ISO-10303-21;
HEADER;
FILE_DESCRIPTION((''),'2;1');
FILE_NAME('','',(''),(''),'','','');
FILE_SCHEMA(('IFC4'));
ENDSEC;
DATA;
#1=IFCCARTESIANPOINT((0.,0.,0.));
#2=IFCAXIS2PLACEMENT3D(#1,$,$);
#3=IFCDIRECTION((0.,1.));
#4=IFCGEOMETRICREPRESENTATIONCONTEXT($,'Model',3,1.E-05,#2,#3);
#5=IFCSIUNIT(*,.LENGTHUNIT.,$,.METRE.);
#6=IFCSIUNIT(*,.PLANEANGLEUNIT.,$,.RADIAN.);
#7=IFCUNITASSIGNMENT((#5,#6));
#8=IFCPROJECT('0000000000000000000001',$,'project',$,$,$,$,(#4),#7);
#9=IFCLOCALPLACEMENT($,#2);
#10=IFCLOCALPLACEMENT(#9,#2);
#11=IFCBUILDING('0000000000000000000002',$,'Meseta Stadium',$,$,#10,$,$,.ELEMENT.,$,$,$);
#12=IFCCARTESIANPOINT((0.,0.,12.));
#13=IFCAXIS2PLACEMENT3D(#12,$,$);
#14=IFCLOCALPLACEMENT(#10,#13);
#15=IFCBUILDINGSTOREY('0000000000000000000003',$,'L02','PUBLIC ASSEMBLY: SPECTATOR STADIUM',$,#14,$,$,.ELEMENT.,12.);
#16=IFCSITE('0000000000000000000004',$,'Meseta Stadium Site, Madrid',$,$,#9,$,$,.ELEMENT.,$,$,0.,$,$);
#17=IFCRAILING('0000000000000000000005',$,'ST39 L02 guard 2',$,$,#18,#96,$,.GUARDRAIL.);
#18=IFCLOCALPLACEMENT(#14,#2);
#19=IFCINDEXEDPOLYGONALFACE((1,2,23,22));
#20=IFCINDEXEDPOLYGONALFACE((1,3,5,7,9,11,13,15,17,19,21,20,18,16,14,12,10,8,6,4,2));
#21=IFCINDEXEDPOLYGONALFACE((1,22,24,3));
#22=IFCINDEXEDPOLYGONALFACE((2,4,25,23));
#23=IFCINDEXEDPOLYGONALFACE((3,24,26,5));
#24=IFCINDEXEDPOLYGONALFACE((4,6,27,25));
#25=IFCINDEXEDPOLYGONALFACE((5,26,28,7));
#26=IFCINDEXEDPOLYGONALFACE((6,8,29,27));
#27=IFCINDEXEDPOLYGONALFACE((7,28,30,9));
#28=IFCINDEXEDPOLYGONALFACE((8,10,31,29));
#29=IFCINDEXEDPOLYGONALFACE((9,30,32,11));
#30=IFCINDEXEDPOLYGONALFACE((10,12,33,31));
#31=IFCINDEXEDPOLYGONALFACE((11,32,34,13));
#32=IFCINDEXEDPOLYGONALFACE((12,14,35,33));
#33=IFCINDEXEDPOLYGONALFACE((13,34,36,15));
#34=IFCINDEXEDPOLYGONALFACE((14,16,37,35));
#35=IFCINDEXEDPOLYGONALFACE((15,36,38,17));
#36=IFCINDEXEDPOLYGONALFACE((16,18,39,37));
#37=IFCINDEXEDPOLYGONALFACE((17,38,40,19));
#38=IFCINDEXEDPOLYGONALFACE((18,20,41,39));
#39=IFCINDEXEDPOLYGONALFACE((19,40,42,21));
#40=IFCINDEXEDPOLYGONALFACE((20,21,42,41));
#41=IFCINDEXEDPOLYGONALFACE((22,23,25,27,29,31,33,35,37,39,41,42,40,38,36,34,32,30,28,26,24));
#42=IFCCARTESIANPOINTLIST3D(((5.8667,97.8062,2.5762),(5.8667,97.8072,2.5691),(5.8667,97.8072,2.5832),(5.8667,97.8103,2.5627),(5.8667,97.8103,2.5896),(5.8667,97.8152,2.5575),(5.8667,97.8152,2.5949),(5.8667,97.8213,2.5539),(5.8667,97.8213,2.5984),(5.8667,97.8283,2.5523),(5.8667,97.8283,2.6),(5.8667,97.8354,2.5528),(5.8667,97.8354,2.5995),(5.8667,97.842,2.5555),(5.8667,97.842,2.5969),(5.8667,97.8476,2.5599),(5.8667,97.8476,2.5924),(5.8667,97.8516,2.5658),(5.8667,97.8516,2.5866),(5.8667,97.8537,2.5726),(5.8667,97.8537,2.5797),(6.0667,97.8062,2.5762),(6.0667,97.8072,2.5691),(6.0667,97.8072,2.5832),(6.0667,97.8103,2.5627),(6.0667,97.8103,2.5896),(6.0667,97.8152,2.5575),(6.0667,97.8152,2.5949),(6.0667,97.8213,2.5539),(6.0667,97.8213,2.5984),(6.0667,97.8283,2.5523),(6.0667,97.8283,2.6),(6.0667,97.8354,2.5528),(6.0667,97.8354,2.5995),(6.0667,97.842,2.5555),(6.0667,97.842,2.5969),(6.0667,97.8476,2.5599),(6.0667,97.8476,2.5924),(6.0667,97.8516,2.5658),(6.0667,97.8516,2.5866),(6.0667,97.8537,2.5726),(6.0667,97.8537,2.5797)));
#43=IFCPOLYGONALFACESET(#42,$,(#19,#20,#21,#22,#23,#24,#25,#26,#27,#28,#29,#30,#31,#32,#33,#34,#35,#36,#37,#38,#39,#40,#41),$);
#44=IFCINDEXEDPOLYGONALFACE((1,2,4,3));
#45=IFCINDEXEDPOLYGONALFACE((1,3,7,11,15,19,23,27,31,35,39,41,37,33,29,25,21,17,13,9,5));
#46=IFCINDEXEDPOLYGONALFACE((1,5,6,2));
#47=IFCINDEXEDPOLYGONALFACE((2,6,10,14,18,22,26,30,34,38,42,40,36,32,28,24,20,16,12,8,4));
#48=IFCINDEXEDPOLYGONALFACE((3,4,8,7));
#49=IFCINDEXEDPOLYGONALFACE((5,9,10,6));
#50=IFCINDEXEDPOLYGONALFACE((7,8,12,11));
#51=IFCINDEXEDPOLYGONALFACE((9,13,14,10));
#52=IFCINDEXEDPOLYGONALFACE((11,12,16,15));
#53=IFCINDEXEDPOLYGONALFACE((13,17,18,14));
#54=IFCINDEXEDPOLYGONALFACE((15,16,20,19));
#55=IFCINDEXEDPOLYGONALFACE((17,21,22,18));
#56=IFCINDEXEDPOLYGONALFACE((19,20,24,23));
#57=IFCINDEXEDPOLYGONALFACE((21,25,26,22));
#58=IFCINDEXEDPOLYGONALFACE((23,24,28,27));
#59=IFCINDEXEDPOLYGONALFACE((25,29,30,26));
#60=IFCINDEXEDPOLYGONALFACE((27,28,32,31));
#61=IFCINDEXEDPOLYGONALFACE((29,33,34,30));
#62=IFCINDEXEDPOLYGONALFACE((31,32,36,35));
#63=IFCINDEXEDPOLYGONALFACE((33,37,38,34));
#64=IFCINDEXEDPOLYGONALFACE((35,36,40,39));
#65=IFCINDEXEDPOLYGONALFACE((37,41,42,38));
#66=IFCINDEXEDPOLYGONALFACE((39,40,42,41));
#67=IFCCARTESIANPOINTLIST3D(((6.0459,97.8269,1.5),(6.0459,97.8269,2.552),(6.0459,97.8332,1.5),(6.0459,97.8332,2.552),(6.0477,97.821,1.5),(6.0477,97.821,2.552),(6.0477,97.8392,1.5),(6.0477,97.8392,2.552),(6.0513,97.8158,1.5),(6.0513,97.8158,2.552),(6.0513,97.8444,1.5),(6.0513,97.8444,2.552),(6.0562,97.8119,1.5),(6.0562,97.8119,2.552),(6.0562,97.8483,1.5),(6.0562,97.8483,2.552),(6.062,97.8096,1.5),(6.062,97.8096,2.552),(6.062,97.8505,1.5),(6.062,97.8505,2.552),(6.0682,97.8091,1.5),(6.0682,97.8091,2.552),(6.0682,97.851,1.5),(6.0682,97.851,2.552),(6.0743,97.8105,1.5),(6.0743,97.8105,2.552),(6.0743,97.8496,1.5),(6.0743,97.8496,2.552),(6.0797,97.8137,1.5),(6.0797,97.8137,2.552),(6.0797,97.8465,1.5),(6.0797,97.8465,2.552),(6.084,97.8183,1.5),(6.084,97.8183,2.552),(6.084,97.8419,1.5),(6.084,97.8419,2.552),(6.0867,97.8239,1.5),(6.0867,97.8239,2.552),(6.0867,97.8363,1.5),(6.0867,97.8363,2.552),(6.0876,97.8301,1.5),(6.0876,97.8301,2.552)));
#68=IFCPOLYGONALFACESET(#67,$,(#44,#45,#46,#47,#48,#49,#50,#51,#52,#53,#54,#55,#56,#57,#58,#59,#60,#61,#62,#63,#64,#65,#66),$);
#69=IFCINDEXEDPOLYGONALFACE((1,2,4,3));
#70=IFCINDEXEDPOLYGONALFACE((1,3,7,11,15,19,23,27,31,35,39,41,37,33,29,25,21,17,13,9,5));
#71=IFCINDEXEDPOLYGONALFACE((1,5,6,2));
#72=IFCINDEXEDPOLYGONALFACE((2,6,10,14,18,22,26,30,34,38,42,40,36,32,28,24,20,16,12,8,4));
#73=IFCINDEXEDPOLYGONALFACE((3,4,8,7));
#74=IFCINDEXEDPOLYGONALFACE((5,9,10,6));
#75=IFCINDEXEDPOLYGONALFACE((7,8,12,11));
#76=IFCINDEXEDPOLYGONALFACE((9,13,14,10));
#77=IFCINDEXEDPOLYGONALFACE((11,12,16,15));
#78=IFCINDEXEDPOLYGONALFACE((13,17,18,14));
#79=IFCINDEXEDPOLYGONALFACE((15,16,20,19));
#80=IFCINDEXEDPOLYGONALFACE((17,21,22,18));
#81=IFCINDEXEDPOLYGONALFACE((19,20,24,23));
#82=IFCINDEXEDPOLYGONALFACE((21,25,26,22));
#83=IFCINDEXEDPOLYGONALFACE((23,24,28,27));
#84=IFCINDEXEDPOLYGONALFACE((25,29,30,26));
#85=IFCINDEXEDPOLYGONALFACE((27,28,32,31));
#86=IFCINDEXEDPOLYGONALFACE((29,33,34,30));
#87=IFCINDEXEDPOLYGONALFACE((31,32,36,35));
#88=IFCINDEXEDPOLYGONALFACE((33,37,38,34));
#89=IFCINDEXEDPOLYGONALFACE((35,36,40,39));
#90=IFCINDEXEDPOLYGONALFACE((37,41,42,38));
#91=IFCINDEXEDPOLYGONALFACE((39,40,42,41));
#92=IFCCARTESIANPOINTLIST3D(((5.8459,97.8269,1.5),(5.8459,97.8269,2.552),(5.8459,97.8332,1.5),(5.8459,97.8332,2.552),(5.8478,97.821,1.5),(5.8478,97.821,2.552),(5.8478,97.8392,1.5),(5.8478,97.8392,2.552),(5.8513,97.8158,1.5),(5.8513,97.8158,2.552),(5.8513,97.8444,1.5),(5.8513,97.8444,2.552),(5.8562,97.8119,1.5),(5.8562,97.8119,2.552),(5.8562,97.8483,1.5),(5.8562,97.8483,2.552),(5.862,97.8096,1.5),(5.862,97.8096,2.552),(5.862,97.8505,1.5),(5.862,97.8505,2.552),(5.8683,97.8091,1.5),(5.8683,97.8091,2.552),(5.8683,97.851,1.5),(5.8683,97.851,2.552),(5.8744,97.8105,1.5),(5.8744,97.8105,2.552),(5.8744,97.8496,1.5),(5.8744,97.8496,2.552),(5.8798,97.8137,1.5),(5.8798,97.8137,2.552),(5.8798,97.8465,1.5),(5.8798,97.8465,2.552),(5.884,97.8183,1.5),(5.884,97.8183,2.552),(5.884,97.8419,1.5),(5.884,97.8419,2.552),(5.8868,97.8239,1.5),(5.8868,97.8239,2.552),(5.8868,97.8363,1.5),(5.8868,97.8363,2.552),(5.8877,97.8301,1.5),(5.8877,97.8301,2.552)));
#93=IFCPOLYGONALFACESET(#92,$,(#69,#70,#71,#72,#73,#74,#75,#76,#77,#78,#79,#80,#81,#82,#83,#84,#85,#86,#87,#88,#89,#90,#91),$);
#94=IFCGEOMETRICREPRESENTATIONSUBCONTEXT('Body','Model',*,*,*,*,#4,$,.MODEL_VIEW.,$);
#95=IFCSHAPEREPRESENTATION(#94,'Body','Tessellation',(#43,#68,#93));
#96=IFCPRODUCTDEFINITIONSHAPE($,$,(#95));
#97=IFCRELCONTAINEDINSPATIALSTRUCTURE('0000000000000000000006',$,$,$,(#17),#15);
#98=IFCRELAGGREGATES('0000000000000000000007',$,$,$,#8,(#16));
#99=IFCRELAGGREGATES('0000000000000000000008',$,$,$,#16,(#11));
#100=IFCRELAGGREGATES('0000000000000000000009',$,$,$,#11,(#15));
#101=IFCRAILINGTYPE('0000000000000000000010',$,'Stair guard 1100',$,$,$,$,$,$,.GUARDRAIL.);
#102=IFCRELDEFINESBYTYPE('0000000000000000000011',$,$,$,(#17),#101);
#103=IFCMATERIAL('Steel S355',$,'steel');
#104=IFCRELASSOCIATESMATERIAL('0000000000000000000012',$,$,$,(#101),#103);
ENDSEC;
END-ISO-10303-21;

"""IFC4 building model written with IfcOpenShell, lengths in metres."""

from ifc_helpers import new_model, si_unit, direction, frame, origin, origin_2d, place, context, subcontext, project, spatial, circle, extrude, material, type_object, element, save


model = new_model("IFC4")

# Units and contexts
model_context = context("Model", 3, precision=1e-05, world=origin(), true_north=direction((0.0, 1.0)))
body_context = subcontext(model_context, "Body", "Model", "MODEL_VIEW")
ifc_project = project(units=[si_unit("LENGTHUNIT", "METRE"), si_unit("PLANEANGLEUNIT", "RADIAN")], contexts=[model_context])

# Site, building, storey
site_placement = place(None, origin())
site = spatial("IfcSite", under=ifc_project, at=site_placement, Name="Meseta Stadium Site, Madrid", CompositionType="ELEMENT", RefElevation=0.0)
building_placement = place(site_placement, origin())
building = spatial("IfcBuilding", under=site, at=building_placement, Name="Meseta Stadium", CompositionType="ELEMENT")
storey_placement = place(building_placement, frame((0.0, 0.0, 12.0)))
storey = spatial("IfcBuildingStorey", under=building, at=storey_placement, Name="L02", Description="PUBLIC ASSEMBLY: SPECTATOR STADIUM", CompositionType="ELEMENT", Elevation=12.0)

# Railing
ifc_material_1 = material(Name="Steel S355", Category="steel")
railing_type_1 = type_object("IfcRailingType", Name="Stair guard 1100", PredefinedType="GUARDRAIL", material=ifc_material_1)
railing_1_placement = place(storey_placement, frame((6.0667, 97.8301, 1.5)))
element("IfcRailing", 1, at=railing_1_placement, inside=storey, type_object=railing_type_1, Name="ST39 L02 guard 2", PredefinedType="GUARDRAIL", context=body_context, shape_type="SweptSolid", body=[
    extrude(circle(Radius=0.0239, at=origin_2d()), frame((0.0, 0.0, 1.0762), z_axis=(-1.0, 0.0, 0.0), x_axis=(0.0, -1.0, 0.0)), (0.0, 0.0, 1.0), 0.2),
    extrude(circle(Radius=0.021, at=origin_2d()), origin(), (0.0, 0.0, 1.0), 1.052),
    extrude(circle(Radius=0.021, at=origin_2d()), frame((-0.2, 0.0, 0.0)), (0.0, 0.0, 1.0), 1.052),
])

save(model, "model.ifc")
